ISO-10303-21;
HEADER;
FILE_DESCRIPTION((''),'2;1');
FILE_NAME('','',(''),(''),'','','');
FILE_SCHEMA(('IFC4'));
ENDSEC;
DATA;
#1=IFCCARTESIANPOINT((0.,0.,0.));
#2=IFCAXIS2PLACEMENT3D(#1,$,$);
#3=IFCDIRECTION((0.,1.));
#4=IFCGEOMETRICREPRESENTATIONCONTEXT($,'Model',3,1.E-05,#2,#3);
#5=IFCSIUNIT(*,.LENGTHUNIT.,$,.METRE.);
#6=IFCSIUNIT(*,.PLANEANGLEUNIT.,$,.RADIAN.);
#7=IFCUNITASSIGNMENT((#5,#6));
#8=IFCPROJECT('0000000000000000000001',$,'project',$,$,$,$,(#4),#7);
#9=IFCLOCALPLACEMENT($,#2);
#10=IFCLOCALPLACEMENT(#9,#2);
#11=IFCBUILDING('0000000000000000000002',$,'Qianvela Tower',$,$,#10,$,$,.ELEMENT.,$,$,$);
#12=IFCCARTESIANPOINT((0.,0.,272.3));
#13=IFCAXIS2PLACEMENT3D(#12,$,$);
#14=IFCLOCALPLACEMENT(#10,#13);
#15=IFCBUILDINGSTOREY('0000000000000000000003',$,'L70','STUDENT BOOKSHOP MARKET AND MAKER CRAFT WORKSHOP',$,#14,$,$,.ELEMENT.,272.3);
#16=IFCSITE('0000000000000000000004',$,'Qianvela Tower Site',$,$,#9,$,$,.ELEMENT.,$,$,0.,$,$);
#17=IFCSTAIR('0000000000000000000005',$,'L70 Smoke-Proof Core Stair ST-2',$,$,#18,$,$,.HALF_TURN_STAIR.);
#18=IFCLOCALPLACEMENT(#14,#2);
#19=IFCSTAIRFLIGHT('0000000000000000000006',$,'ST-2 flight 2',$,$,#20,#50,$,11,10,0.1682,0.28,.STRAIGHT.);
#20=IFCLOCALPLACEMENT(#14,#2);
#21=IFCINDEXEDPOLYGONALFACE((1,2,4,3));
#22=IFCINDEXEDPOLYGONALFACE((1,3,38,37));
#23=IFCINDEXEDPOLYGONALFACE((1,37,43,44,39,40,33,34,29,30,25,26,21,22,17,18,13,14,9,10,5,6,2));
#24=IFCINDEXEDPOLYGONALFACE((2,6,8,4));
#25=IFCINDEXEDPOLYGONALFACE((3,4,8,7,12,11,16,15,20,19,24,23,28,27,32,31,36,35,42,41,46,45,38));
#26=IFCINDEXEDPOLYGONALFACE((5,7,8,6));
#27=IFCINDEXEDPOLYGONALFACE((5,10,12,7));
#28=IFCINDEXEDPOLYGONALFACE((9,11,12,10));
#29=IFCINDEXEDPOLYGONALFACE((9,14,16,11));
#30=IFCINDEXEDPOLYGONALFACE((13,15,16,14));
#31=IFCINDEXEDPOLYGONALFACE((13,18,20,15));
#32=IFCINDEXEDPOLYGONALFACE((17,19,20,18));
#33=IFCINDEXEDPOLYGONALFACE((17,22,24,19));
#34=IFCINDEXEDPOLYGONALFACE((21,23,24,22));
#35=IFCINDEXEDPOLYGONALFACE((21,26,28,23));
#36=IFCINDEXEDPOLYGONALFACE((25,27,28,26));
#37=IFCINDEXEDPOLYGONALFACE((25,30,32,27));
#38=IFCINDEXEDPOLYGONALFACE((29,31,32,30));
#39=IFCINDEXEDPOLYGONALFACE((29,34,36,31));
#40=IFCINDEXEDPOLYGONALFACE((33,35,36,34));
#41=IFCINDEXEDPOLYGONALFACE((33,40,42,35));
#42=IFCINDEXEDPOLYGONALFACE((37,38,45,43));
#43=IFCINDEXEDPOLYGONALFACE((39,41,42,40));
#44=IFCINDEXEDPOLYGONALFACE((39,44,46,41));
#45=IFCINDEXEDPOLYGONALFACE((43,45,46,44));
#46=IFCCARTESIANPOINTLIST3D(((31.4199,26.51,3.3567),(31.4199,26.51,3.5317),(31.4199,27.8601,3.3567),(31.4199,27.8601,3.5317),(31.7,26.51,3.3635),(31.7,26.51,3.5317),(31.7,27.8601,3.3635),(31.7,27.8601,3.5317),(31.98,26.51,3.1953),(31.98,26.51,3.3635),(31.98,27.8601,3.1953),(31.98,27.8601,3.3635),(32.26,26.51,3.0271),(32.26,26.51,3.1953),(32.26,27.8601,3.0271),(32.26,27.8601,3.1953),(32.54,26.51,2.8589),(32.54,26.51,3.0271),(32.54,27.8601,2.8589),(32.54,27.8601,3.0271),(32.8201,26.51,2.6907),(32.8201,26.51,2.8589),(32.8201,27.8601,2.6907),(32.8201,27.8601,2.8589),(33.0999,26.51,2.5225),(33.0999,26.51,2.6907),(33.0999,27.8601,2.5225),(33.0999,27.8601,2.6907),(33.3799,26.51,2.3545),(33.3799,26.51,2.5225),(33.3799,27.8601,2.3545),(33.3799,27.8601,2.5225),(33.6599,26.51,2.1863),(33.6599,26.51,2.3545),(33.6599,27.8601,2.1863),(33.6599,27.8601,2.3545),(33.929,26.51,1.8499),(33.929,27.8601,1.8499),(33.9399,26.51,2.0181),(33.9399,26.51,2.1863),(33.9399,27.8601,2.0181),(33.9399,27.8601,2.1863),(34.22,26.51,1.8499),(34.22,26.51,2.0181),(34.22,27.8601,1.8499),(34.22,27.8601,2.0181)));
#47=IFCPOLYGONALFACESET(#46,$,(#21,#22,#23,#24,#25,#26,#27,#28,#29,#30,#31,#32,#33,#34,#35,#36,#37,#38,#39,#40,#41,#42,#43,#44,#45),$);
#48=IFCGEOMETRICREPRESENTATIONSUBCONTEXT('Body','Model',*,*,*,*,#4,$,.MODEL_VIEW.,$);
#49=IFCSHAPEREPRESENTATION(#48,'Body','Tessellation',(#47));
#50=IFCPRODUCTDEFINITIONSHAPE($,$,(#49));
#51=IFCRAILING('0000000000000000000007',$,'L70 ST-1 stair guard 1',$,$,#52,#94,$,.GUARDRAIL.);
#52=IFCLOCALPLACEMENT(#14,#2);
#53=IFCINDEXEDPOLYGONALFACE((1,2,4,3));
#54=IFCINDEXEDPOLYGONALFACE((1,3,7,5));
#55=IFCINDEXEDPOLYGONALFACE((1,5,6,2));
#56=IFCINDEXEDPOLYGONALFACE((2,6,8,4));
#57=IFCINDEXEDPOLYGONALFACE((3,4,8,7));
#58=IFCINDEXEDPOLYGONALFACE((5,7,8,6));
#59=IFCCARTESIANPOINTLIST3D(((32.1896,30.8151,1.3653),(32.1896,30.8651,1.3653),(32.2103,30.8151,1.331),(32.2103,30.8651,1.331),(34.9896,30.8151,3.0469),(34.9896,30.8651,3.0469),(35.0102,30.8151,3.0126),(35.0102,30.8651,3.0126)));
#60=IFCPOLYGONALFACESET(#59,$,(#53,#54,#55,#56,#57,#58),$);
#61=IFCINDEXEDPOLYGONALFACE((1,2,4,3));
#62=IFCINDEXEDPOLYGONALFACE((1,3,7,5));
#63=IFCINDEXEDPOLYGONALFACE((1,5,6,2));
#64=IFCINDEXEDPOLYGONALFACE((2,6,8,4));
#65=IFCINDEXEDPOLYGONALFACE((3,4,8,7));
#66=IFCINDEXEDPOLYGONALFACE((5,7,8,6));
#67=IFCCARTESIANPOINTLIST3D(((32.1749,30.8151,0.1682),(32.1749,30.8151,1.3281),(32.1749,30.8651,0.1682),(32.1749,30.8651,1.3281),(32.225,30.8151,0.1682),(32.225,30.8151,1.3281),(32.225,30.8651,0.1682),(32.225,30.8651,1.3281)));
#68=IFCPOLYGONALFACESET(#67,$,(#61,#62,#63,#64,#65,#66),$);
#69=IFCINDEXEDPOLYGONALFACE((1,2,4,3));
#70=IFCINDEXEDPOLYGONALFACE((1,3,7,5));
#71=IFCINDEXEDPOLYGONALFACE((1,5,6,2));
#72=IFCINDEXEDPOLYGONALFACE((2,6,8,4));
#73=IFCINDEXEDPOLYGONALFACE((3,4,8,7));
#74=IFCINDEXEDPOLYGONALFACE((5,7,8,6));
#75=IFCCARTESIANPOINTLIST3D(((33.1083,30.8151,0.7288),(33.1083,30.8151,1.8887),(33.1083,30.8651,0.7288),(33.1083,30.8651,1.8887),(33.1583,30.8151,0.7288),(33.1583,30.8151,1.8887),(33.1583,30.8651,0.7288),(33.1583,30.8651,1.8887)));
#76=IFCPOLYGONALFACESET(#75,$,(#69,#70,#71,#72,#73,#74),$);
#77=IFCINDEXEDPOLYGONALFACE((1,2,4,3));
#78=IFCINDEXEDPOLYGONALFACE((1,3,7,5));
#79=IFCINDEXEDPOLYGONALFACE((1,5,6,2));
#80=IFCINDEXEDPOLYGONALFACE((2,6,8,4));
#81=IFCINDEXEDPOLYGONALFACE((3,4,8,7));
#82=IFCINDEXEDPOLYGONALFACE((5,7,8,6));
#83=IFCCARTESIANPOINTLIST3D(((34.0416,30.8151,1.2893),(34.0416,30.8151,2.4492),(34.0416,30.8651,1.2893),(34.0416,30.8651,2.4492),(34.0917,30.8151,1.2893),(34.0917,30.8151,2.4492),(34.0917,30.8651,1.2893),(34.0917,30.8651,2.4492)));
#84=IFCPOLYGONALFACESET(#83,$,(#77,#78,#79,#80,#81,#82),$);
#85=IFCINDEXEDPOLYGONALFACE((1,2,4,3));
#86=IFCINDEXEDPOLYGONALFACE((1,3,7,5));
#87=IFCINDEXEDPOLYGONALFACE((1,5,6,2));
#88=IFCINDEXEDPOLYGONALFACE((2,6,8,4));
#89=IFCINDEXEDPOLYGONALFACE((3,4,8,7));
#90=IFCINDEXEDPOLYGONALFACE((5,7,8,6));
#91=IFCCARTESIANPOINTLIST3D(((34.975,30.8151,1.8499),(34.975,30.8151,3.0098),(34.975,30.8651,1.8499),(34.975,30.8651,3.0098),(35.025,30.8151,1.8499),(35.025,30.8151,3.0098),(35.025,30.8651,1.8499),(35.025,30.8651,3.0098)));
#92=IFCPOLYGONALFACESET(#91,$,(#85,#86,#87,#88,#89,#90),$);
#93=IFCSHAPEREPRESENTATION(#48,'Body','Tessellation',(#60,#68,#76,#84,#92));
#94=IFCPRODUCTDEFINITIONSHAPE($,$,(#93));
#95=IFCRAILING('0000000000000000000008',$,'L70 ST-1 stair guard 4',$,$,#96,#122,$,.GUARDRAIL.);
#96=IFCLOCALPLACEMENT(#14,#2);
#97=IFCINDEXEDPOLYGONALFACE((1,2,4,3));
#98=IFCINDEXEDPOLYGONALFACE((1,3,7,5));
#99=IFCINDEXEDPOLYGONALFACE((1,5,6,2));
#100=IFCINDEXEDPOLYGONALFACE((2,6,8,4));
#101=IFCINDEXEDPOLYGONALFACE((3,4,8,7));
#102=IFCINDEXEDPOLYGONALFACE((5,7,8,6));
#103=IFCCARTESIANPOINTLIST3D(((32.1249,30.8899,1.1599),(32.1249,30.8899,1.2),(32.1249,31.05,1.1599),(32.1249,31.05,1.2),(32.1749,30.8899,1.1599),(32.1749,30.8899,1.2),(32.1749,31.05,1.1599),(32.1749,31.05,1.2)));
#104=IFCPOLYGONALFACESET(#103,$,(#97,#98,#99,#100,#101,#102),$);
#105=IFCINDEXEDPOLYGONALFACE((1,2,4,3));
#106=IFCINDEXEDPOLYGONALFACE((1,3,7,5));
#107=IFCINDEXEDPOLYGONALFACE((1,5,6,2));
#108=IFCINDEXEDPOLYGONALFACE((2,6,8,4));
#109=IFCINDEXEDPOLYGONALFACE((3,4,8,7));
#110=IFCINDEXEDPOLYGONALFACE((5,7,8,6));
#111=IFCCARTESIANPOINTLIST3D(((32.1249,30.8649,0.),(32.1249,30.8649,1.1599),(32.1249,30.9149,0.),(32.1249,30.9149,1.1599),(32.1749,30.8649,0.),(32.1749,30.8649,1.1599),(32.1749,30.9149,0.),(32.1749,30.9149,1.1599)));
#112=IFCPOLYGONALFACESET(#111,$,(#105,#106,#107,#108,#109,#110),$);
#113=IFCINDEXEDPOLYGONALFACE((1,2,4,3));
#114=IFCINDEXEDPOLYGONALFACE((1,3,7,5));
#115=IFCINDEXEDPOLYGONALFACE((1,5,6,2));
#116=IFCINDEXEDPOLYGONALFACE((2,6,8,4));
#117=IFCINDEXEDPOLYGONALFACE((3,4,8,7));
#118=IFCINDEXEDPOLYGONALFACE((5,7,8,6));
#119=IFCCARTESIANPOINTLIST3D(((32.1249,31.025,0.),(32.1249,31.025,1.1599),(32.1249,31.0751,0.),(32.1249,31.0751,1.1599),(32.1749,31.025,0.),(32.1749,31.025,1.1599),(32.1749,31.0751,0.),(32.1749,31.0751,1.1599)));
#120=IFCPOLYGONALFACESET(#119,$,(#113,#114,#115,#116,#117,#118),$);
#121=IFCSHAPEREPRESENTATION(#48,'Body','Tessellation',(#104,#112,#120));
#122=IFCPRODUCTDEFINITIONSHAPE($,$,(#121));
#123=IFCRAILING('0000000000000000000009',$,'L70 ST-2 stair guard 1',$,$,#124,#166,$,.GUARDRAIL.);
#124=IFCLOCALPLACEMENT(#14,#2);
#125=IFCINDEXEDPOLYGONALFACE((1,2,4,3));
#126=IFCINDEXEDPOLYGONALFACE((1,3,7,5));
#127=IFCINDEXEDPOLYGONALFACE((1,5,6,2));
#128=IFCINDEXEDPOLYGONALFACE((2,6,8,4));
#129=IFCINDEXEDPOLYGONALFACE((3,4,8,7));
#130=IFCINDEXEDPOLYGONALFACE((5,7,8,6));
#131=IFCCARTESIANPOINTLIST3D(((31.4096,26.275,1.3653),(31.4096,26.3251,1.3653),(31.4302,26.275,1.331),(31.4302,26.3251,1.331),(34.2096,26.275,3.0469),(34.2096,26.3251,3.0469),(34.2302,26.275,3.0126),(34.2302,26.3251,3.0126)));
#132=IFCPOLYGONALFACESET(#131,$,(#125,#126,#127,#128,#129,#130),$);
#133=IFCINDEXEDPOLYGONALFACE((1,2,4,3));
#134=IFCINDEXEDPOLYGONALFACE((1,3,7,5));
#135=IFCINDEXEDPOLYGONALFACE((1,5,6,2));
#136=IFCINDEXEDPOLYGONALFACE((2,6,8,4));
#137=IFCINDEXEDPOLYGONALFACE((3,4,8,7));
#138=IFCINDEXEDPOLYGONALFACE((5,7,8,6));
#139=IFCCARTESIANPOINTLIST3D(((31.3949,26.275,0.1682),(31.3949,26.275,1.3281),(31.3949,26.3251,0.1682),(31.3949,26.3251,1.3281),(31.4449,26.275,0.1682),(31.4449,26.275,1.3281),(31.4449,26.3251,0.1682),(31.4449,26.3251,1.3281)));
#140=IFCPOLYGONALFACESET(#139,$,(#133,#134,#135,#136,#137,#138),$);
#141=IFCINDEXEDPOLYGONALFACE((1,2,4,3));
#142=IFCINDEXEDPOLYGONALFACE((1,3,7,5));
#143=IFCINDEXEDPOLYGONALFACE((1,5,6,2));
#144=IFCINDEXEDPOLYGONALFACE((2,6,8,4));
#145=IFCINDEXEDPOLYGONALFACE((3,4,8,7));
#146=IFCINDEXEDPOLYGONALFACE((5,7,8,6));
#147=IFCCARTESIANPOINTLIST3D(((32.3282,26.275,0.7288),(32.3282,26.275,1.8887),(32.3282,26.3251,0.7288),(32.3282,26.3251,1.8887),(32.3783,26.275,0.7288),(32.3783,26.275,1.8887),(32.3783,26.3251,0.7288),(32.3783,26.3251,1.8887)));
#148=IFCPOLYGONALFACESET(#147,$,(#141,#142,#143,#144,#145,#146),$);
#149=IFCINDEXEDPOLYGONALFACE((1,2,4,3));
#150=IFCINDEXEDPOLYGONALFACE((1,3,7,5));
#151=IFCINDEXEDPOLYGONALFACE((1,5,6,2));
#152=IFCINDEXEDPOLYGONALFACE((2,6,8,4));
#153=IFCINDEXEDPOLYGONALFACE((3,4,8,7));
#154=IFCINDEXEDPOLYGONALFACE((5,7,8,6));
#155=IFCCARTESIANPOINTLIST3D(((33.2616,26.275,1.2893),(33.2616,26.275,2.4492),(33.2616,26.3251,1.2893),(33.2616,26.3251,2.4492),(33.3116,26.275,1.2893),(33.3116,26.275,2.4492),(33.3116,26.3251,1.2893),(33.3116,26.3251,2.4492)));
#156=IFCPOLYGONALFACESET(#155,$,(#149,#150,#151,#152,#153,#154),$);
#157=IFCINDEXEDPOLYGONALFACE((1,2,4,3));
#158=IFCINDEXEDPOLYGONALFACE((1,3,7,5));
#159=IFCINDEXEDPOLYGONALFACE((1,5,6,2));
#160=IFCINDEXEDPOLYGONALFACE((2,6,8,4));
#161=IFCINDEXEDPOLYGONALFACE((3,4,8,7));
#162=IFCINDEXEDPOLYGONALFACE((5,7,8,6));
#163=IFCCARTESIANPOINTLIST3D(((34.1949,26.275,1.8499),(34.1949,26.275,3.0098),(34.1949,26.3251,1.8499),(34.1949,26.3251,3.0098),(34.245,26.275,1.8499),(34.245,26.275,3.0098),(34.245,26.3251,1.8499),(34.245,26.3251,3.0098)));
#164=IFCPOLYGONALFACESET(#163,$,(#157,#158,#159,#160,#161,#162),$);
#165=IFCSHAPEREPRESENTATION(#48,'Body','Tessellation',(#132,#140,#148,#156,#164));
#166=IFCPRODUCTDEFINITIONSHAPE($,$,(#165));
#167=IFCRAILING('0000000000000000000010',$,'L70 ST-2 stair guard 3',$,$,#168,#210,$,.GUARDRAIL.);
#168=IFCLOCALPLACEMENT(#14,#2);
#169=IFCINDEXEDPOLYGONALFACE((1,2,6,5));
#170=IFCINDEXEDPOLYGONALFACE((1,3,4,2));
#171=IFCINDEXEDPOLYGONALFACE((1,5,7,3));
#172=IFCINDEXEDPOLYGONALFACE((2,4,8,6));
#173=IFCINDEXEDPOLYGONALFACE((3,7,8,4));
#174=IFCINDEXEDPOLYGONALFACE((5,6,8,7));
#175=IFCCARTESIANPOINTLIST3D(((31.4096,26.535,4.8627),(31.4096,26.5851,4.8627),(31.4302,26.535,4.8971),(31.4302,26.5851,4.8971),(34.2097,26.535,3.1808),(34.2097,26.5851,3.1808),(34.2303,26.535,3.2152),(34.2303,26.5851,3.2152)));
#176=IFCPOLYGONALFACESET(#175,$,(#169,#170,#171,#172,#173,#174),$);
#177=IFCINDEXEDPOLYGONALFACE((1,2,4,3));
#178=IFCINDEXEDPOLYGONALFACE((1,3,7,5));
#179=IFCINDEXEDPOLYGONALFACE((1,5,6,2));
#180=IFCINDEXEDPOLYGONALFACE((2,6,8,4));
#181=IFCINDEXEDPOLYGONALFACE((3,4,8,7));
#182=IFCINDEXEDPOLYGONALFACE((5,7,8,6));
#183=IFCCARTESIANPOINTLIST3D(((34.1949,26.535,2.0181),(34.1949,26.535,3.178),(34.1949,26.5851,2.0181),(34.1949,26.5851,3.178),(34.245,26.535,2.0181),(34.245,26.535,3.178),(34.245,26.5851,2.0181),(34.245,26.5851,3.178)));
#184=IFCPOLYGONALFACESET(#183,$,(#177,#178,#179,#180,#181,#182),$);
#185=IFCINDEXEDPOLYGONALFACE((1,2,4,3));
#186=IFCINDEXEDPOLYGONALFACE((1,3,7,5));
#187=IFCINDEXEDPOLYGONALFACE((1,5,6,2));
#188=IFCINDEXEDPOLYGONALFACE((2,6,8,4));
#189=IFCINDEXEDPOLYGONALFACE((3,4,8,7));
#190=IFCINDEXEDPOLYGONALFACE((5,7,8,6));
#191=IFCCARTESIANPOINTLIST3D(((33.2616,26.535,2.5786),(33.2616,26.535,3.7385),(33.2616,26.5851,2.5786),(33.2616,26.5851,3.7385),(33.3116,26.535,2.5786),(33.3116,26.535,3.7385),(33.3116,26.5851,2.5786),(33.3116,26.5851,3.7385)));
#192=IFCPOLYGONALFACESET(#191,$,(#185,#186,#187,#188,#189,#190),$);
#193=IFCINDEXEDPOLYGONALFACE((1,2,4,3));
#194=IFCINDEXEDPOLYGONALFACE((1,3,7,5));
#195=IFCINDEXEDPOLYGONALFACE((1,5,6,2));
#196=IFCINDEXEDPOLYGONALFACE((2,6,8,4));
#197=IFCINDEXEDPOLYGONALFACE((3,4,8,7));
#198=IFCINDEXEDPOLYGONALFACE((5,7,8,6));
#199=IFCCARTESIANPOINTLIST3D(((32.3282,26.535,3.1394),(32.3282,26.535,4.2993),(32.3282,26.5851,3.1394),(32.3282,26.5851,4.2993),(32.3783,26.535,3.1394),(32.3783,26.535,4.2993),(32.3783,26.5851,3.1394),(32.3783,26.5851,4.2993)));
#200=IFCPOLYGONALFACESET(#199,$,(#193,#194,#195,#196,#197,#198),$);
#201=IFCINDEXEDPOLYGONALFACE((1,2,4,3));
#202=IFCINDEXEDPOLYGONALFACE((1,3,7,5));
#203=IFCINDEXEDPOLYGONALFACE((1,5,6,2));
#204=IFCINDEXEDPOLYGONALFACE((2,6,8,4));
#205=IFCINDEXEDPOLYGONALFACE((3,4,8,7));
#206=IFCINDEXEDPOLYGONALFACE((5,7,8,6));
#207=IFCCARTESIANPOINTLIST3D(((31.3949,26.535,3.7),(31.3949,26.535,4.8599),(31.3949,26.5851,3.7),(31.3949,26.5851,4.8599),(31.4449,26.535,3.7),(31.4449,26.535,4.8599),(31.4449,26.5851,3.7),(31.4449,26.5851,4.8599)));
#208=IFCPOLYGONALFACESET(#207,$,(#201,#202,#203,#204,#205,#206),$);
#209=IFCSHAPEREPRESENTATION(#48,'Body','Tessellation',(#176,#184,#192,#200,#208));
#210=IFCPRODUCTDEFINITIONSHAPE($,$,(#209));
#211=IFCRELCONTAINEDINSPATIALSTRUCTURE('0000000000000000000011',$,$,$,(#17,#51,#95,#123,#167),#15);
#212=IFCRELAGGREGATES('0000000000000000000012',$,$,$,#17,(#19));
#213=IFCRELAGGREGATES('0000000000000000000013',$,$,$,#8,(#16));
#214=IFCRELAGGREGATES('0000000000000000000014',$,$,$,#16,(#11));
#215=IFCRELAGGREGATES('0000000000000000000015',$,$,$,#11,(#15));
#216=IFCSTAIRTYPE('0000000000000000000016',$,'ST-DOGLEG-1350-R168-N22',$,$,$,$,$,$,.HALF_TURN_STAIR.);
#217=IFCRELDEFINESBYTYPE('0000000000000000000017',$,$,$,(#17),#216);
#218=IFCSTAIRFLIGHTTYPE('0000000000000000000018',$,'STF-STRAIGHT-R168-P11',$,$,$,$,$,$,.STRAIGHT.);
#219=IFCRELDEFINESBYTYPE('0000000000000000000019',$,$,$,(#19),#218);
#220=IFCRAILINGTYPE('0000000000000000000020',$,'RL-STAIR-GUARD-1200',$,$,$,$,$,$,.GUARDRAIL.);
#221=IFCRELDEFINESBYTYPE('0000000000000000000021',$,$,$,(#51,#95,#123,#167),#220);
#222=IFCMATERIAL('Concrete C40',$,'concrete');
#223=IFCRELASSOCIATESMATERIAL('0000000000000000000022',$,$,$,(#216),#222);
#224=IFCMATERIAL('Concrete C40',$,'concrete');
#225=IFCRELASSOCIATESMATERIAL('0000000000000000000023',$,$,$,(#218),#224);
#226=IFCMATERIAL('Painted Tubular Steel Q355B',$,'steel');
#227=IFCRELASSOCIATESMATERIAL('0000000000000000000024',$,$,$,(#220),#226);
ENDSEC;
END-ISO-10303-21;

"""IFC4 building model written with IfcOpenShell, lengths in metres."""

from ifc_helpers import new_model, si_unit, direction, frame, origin, origin_2d, place, context, subcontext, project, spatial, polyline, rectangle, outline, extrude, material, type_object, element, aggregate, save


model = new_model("IFC4")

# Units and contexts
model_context = context("Model", 3, precision=1e-05, world=origin(), true_north=direction((0.0, 1.0)))
body_context = subcontext(model_context, "Body", "Model", "MODEL_VIEW")
ifc_project = project(units=[si_unit("LENGTHUNIT", "METRE"), si_unit("PLANEANGLEUNIT", "RADIAN")], contexts=[model_context])

# Site, building, storey
site_placement = place(None, origin())
site = spatial("IfcSite", under=ifc_project, at=site_placement, Name="Qianvela Tower Site", CompositionType="ELEMENT", RefElevation=0.0)
building_placement = place(site_placement, origin())
building = spatial("IfcBuilding", under=site, at=building_placement, Name="Qianvela Tower", CompositionType="ELEMENT")
storey_placement = place(building_placement, frame((0.0, 0.0, 272.3)))
storey = spatial("IfcBuildingStorey", under=building, at=storey_placement, Name="L70", Description="STUDENT BOOKSHOP MARKET AND MAKER CRAFT WORKSHOP", CompositionType="ELEMENT", Elevation=272.3)

# Shared definitions
ifc_material_1 = material(Name="Concrete C40", Category="concrete")
stair_type = type_object("IfcStairType", Name="ST-DOGLEG-1350-R168-N22", PredefinedType="HALF_TURN_STAIR", material=ifc_material_1)
ifc_material_2 = material(Name="Concrete C40", Category="concrete")
stair_flight_type = type_object("IfcStairFlightType", Name="STF-STRAIGHT-R168-P11", PredefinedType="STRAIGHT", material=ifc_material_2)

# Stair, stair flight
stair_1_placement = place(storey_placement, origin())
stair_1 = element("IfcStair", 1, at=stair_1_placement, inside=storey, type_object=stair_type, Name="L70 Smoke-Proof Core Stair ST-2", PredefinedType="HALF_TURN_STAIR")
stair_flight_1_placement = place(storey_placement, frame((34.22, 27.1851, 1.8499), z_axis=(0.0, 0.0, 1.0), x_axis=(-1.0, 0.0, 0.0)))
stair_flight_1 = element("IfcStairFlight", 2, at=stair_flight_1_placement, type_object=stair_flight_type, Name="ST-2 flight 2", NumberOfRisers=11, NumberOfTreads=10, PredefinedType="STRAIGHT", RiserHeight=0.1682, TreadLength=0.28, context=body_context, shape_type="SweptSolid", body=[
    extrude(outline(polyline([(0.0, 0.0), (0.0, 0.1682), (0.28, 0.1682), (0.28, 0.3364), (0.5601, 0.3364), (0.5601, 0.5046), (0.8401, 0.5046), (0.8401, 0.6726), (1.1201, 0.6726), (1.1201, 0.8408), (1.3999, 0.8408), (1.3999, 1.009), (1.6799, 1.009), (1.6799, 1.1772), (1.96, 1.1772), (1.96, 1.3455), (2.24, 1.3455), (2.24, 1.5137), (2.52, 1.5137), (2.52, 1.6819), (2.8, 1.6819), (2.8, 1.8501), (2.8, 1.5068), (0.291, 0.0), (0.0, 0.0)])), frame((0.0, 0.675, 0.0), z_axis=(0.0, -1.0, 0.0), x_axis=(1.0, 0.0, 0.0)), (0.0, 0.0, 1.0), 1.3501),
])
aggregate(stair_1, [stair_flight_1])

# Railings
ifc_material_3 = material(Name="Painted Tubular Steel Q355B", Category="steel")
railing_type_1 = type_object("IfcRailingType", Name="RL-STAIR-GUARD-1200", PredefinedType="GUARDRAIL", material=ifc_material_3)
railing_1_placement = place(storey_placement, frame((32.2, 30.8401, 0.1682)))
element("IfcRailing", 3, at=railing_1_placement, inside=storey, type_object=railing_type_1, Name="L70 ST-1 stair guard 1", PredefinedType="GUARDRAIL", context=body_context, shape_type="SweptSolid", body=[
    extrude(rectangle(XDim=0.05, YDim=0.04, at=origin_2d()), frame((0.0, 0.0, 1.1799), z_axis=(0.857275, 0.0, 0.514858), x_axis=(0.0, 1.0, 0.0)), (0.0, 0.0, 1.0), 3.2661),
    extrude(rectangle(XDim=0.05, YDim=0.05, at=origin_2d()), origin(), (0.0, 0.0, 1.0), 1.1599),
    extrude(rectangle(XDim=0.05, YDim=0.05, at=origin_2d()), frame((0.9333, 0.0, 0.5605)), (0.0, 0.0, 1.0), 1.1599),
    extrude(rectangle(XDim=0.05, YDim=0.05, at=origin_2d()), frame((1.8667, 0.0, 1.1211)), (0.0, 0.0, 1.0), 1.1599),
    extrude(rectangle(XDim=0.05, YDim=0.05, at=origin_2d()), frame((2.8, 0.0, 1.6816)), (0.0, 0.0, 1.0), 1.1599),
])
railing_2_placement = place(storey_placement, frame((32.1499, 30.8899, 0.0)))
element("IfcRailing", 4, at=railing_2_placement, inside=storey, type_object=railing_type_1, Name="L70 ST-1 stair guard 4", PredefinedType="GUARDRAIL", context=body_context, shape_type="SweptSolid", body=[
    extrude(rectangle(XDim=0.05, YDim=0.04, at=origin_2d()), frame((0.0, 0.0, 1.1799), z_axis=(0.0, 1.0, 0.0), x_axis=(-1.0, 0.0, 0.0)), (0.0, 0.0, 1.0), 0.1602),
    extrude(rectangle(XDim=0.05, YDim=0.05, at=origin_2d()), origin(), (0.0, 0.0, 1.0), 1.1599),
    extrude(rectangle(XDim=0.05, YDim=0.05, at=origin_2d()), frame((0.0, 0.1602, 0.0)), (0.0, 0.0, 1.0), 1.1599),
])
railing_3_placement = place(storey_placement, frame((31.4199, 26.3, 0.1682)))
element("IfcRailing", 5, at=railing_3_placement, inside=storey, type_object=railing_type_1, Name="L70 ST-2 stair guard 1", PredefinedType="GUARDRAIL", context=body_context, shape_type="SweptSolid", body=[
    extrude(rectangle(XDim=0.05, YDim=0.04, at=origin_2d()), frame((0.0, 0.0, 1.1799), z_axis=(0.857275, 0.0, 0.514858), x_axis=(0.0, 1.0, 0.0)), (0.0, 0.0, 1.0), 3.2661),
    extrude(rectangle(XDim=0.05, YDim=0.05, at=origin_2d()), origin(), (0.0, 0.0, 1.0), 1.1599),
    extrude(rectangle(XDim=0.05, YDim=0.05, at=origin_2d()), frame((0.9333, 0.0, 0.5605)), (0.0, 0.0, 1.0), 1.1599),
    extrude(rectangle(XDim=0.05, YDim=0.05, at=origin_2d()), frame((1.8667, 0.0, 1.1211)), (0.0, 0.0, 1.0), 1.1599),
    extrude(rectangle(XDim=0.05, YDim=0.05, at=origin_2d()), frame((2.8, 0.0, 1.6816)), (0.0, 0.0, 1.0), 1.1599),
])
railing_4_placement = place(storey_placement, frame((34.22, 26.5601, 2.0181)))
element("IfcRailing", 6, at=railing_4_placement, inside=storey, type_object=railing_type_1, Name="L70 ST-2 stair guard 3", PredefinedType="GUARDRAIL", context=body_context, shape_type="SweptSolid", body=[
    extrude(rectangle(XDim=0.05, YDim=0.04, at=origin_2d()), frame((0.0, 0.0, 1.1799), z_axis=(-0.857242, 0.0, 0.514913), x_axis=(0.0, -1.0, 0.0)), (0.0, 0.0, 1.0), 3.2664),
    extrude(rectangle(XDim=0.05, YDim=0.05, at=origin_2d()), origin(), (0.0, 0.0, 1.0), 1.1599),
    extrude(rectangle(XDim=0.05, YDim=0.05, at=origin_2d()), frame((-0.9333, 0.0, 0.5605)), (0.0, 0.0, 1.0), 1.1599),
    extrude(rectangle(XDim=0.05, YDim=0.05, at=origin_2d()), frame((-1.8667, 0.0, 1.1213)), (0.0, 0.0, 1.0), 1.1599),
    extrude(rectangle(XDim=0.05, YDim=0.05, at=origin_2d()), frame((-2.8, 0.0, 1.6819)), (0.0, 0.0, 1.0), 1.1599),
])

save(model, "model.ifc")
